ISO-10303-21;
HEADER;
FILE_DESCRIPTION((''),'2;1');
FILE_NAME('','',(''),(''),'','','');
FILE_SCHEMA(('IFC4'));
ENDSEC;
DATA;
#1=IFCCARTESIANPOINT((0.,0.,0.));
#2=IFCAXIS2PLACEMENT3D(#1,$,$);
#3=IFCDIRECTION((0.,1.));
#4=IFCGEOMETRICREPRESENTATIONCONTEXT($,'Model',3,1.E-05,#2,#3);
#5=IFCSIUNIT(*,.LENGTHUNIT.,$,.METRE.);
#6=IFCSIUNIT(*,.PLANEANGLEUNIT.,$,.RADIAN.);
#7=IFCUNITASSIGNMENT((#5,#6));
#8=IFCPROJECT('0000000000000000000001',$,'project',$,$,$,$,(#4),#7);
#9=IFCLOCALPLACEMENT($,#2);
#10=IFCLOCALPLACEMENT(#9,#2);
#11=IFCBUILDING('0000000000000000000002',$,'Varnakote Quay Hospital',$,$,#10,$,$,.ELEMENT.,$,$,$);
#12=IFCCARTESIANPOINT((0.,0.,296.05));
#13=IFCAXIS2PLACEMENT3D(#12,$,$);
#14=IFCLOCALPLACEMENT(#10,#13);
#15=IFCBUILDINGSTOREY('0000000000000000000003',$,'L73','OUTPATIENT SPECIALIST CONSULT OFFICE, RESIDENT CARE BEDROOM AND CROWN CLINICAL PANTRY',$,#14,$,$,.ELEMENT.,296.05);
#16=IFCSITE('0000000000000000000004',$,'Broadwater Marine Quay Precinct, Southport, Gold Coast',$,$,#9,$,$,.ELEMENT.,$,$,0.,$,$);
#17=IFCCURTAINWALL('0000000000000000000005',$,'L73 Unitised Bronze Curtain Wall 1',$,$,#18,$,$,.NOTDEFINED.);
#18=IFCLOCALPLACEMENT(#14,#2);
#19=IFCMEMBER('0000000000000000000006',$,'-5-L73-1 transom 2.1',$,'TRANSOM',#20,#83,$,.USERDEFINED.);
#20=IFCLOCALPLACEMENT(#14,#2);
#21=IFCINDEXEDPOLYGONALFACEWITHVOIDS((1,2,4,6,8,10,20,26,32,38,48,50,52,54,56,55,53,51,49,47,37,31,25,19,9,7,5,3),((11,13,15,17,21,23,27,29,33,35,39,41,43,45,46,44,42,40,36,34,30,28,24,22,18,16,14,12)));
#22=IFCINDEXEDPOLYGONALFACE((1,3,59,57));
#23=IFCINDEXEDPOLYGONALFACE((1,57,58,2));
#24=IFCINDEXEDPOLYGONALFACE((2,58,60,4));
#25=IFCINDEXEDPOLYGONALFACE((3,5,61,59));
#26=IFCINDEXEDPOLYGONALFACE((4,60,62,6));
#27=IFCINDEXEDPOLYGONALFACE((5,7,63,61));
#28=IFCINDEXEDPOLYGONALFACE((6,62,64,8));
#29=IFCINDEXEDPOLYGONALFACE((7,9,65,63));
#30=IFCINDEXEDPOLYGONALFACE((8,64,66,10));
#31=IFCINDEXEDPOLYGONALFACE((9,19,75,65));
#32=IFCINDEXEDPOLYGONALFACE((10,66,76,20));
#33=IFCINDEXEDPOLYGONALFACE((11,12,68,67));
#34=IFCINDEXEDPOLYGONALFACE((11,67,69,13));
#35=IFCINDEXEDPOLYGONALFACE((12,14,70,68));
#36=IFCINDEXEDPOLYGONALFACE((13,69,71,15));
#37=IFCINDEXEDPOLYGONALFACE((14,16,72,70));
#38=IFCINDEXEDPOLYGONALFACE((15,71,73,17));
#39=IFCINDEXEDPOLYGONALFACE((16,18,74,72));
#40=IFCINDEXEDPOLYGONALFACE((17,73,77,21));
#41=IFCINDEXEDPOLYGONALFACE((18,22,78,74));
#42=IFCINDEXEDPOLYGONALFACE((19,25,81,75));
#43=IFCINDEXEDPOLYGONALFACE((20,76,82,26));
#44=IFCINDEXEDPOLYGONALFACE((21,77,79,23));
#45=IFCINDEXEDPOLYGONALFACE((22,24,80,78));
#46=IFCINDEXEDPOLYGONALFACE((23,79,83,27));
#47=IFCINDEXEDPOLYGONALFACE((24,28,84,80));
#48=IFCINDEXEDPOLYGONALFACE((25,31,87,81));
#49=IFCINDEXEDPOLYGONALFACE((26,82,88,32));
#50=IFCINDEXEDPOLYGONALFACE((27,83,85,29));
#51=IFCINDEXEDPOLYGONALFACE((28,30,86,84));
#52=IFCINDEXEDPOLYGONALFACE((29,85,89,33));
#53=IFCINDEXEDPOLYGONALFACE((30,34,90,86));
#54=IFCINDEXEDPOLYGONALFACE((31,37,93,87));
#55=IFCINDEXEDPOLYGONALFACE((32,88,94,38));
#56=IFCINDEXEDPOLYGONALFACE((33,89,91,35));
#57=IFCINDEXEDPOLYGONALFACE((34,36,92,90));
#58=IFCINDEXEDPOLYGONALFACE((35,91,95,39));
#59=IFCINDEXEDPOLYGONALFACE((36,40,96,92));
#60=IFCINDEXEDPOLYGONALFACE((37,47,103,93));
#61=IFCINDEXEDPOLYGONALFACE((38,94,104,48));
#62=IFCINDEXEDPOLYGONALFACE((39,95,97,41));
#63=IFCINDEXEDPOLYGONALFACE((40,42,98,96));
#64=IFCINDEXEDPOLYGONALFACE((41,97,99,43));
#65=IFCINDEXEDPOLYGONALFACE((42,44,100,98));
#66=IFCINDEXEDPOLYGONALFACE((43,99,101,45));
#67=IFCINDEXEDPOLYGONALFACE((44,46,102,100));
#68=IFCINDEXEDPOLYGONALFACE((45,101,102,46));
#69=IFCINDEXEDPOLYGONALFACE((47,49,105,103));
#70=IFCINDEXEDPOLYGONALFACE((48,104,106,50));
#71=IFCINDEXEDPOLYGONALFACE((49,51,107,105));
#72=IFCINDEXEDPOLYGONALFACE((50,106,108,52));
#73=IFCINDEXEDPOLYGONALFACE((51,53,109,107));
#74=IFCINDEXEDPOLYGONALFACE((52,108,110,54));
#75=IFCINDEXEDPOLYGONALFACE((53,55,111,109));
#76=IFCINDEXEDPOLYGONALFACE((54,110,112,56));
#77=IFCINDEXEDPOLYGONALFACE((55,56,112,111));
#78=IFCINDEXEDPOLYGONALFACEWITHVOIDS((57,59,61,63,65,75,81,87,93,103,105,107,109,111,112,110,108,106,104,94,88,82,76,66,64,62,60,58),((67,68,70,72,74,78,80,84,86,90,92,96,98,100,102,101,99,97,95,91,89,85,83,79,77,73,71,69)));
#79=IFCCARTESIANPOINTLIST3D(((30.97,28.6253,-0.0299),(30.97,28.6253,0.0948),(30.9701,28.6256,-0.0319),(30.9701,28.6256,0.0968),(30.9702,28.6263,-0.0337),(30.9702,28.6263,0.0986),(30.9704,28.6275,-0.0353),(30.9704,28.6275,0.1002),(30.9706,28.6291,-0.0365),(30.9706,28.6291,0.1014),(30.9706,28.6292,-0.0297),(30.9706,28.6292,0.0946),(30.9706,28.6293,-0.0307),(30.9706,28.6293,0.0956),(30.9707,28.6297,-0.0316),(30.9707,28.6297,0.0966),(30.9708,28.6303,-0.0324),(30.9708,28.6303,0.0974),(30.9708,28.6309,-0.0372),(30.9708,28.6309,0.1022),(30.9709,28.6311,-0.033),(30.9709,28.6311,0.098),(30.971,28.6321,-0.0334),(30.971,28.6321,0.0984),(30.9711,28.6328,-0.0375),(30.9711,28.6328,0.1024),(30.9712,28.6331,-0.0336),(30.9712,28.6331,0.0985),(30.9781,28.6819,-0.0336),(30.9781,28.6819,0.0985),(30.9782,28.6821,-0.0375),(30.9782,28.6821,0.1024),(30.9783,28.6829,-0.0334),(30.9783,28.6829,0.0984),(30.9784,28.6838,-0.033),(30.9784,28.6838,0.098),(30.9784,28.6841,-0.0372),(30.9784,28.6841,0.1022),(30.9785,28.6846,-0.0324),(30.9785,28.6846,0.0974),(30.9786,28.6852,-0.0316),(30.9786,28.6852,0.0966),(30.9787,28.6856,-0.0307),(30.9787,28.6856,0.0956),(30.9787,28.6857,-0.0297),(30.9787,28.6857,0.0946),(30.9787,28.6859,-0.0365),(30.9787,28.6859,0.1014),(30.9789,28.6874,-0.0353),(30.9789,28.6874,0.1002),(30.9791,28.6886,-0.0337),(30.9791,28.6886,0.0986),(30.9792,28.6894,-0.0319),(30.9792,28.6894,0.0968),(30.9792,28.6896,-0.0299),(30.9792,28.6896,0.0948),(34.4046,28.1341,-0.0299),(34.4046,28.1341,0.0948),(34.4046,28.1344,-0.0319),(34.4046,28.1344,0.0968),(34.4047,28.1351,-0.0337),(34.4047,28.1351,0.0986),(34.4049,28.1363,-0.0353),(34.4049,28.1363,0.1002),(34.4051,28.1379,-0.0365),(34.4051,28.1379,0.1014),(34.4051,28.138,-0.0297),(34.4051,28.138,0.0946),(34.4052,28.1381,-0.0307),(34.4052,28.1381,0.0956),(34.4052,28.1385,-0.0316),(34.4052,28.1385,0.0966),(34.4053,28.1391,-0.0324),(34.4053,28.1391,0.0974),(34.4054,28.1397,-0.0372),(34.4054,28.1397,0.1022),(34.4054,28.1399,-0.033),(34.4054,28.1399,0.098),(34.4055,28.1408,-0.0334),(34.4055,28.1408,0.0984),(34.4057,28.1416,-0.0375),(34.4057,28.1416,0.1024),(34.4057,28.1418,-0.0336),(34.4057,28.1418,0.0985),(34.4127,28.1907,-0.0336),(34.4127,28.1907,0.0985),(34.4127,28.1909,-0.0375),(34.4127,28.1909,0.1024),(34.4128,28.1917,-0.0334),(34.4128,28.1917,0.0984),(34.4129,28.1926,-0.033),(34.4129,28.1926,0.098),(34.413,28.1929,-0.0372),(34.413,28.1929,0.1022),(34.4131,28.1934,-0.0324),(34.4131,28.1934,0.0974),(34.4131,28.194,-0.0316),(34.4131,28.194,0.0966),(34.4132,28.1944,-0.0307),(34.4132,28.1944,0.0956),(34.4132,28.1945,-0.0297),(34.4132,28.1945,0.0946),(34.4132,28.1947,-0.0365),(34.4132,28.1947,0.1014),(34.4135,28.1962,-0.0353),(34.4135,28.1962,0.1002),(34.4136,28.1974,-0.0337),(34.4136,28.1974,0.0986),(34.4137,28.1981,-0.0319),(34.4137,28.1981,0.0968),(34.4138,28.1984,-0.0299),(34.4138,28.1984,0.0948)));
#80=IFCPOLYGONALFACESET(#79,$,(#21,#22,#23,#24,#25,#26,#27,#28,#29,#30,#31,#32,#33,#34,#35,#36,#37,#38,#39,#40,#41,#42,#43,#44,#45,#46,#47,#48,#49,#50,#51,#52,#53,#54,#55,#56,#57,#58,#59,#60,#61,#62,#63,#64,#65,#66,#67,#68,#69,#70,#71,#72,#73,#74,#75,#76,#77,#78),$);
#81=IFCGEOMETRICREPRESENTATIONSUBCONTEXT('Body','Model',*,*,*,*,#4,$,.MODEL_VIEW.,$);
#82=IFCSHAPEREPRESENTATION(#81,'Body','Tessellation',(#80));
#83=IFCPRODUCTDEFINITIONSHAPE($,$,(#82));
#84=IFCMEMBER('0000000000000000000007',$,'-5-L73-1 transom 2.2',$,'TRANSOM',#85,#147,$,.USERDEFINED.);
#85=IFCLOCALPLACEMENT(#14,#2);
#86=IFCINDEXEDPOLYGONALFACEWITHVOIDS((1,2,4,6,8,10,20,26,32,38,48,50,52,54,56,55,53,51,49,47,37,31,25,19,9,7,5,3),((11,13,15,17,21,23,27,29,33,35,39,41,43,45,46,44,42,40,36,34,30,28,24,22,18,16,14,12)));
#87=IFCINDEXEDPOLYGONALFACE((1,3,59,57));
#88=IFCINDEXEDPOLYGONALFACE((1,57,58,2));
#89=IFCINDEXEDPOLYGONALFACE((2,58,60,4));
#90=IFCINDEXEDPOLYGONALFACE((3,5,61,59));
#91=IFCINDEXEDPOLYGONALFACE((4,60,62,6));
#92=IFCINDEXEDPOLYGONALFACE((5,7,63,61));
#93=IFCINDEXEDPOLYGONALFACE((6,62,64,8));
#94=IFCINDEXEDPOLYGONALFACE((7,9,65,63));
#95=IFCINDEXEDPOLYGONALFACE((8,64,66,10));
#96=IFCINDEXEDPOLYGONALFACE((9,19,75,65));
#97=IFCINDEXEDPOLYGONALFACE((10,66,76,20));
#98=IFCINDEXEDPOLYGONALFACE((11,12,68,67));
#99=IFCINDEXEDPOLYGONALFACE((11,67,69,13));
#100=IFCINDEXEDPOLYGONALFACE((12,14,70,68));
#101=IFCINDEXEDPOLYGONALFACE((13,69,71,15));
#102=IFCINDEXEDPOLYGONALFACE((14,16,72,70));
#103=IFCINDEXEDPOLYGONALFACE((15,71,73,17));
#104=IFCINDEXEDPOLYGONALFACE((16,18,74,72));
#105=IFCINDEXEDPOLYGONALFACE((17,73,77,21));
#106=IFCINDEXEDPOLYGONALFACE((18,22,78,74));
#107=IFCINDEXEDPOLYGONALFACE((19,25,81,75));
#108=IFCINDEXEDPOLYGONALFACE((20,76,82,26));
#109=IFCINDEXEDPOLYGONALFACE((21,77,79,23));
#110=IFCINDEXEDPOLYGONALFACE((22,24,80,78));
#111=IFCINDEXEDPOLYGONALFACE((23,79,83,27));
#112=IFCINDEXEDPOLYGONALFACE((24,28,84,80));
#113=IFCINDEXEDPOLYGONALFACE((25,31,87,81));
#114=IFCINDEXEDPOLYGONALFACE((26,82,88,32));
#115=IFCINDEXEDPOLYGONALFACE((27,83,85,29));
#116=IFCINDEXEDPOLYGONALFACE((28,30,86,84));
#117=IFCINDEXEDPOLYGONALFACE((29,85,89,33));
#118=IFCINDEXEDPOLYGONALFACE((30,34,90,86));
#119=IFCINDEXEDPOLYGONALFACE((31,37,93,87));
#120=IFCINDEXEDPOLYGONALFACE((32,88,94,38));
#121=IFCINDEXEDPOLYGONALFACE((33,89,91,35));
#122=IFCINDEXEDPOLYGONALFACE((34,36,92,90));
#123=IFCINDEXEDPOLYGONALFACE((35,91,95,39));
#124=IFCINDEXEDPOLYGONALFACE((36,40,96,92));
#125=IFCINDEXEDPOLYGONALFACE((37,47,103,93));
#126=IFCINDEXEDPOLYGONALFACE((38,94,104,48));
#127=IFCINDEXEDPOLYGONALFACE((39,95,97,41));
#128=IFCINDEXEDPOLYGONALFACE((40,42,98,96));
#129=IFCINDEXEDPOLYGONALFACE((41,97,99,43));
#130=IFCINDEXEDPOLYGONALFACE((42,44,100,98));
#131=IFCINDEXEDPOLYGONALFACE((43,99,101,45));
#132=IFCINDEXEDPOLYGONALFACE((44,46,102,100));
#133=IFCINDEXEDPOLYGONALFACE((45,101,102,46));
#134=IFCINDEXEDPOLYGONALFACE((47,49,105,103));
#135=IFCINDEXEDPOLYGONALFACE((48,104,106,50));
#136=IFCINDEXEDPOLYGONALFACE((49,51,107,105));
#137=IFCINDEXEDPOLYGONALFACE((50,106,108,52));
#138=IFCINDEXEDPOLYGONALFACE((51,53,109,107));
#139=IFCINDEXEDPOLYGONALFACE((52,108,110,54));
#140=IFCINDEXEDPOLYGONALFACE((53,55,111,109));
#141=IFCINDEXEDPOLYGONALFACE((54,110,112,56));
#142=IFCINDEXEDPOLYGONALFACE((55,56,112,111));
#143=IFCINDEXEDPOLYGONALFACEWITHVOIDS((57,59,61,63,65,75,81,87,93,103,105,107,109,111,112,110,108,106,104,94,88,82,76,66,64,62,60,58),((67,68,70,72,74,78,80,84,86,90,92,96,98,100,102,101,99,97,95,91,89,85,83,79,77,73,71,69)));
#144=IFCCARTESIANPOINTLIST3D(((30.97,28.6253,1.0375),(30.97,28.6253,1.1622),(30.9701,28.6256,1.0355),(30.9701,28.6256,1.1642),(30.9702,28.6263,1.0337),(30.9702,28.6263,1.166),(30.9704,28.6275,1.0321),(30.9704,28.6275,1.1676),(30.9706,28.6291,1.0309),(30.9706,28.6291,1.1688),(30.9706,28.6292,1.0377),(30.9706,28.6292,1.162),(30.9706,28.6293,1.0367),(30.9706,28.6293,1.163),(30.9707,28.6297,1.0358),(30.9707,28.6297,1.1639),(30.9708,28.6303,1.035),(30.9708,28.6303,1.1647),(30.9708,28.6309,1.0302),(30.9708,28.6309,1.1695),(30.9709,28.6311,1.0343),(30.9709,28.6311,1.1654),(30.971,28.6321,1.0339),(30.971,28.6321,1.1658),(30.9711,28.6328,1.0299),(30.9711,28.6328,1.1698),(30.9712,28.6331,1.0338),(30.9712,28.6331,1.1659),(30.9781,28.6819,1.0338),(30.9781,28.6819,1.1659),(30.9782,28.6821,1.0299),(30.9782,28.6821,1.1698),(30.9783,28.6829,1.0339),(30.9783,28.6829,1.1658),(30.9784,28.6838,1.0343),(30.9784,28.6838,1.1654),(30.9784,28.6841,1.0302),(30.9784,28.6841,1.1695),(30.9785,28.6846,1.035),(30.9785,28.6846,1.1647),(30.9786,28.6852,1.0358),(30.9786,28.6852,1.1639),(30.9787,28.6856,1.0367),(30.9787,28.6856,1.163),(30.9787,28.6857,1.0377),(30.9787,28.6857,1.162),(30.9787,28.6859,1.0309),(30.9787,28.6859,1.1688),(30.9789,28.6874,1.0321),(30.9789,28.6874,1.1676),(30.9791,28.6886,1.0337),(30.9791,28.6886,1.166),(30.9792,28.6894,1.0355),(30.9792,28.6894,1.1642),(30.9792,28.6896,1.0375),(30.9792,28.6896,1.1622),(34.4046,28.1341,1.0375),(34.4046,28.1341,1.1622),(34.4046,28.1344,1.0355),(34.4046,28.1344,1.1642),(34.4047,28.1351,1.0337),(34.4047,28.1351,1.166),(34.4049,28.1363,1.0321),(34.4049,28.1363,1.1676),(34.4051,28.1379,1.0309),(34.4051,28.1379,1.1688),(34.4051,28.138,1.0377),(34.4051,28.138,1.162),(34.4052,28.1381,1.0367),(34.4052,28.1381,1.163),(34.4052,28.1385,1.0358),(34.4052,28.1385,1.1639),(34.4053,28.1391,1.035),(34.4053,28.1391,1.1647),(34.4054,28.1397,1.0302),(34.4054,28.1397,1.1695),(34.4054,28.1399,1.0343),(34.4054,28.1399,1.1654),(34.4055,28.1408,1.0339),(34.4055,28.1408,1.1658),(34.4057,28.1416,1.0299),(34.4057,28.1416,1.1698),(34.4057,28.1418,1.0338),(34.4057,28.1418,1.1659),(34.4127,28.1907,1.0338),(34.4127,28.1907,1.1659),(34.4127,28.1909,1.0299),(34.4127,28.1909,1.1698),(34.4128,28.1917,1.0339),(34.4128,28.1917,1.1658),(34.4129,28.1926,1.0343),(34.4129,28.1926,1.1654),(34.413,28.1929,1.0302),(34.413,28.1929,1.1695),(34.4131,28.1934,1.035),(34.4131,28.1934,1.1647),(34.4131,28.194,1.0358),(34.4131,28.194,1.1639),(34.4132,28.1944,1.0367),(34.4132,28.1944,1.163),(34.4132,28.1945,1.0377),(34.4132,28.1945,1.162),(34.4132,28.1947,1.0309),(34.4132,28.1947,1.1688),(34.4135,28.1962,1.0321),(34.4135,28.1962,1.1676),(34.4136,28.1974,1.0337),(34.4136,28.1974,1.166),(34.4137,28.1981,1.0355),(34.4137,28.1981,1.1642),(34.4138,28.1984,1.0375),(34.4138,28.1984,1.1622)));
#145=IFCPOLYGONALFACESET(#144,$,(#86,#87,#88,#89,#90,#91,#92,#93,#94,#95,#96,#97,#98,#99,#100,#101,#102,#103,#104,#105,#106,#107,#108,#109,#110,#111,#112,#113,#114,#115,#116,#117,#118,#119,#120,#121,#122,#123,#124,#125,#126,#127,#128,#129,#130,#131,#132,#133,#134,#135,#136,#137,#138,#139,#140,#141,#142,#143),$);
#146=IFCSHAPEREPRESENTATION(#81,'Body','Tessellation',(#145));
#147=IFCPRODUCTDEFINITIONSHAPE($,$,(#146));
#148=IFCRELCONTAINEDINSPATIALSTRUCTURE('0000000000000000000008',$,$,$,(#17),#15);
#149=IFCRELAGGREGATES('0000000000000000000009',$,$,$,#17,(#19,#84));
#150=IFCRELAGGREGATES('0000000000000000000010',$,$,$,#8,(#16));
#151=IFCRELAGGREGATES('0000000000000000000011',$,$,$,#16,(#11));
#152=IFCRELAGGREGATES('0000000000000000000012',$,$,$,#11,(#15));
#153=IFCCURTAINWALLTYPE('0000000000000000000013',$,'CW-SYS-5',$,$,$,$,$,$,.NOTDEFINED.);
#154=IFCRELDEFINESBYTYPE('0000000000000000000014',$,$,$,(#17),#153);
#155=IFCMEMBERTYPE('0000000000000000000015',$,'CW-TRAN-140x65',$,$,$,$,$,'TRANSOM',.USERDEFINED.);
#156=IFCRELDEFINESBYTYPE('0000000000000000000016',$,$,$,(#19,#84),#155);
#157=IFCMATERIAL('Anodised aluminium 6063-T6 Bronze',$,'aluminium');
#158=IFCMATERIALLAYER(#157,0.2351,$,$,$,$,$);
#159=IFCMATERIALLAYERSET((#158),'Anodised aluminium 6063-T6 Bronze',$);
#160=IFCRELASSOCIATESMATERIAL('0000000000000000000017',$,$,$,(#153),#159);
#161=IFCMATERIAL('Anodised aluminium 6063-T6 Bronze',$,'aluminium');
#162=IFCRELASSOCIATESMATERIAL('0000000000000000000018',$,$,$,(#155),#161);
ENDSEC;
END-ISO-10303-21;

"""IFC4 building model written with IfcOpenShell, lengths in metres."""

from ifc_helpers import new_model, si_unit, direction, frame, origin, origin_2d, place, context, subcontext, project, spatial, hollow_rectangle, extrude, material, layer, layer_set, material_profile, profile_set, type_object, element, aggregate, save


model = new_model("IFC4")

# Units and contexts
model_context = context("Model", 3, precision=1e-05, world=origin(), true_north=direction((0.0, 1.0)))
body_context = subcontext(model_context, "Body", "Model", "MODEL_VIEW")
ifc_project = project(units=[si_unit("LENGTHUNIT", "METRE"), si_unit("PLANEANGLEUNIT", "RADIAN")], contexts=[model_context])

# Site, building, storey
site_placement = place(None, origin())
site = spatial("IfcSite", under=ifc_project, at=site_placement, Name="Broadwater Marine Quay Precinct, Southport, Gold Coast", CompositionType="ELEMENT", RefElevation=0.0)
building_placement = place(site_placement, origin())
building = spatial("IfcBuilding", under=site, at=building_placement, Name="Varnakote Quay Hospital", CompositionType="ELEMENT")
storey_placement = place(building_placement, frame((0.0, 0.0, 296.05)))
storey = spatial("IfcBuildingStorey", under=building, at=storey_placement, Name="L73", Description="OUTPATIENT SPECIALIST CONSULT OFFICE, RESIDENT CARE BEDROOM AND CROWN CLINICAL PANTRY", CompositionType="ELEMENT", Elevation=296.05)

# Curtain wall, members
ifc_material_1 = material(Name="Anodised aluminium 6063-T6 Bronze", Category="aluminium")
ifc_layer_1 = layer(ifc_material_1, 0.2351)
ifc_layer_set_1 = layer_set([ifc_layer_1], Name="Anodised aluminium 6063-T6 Bronze")
curtain_wall_type = type_object("IfcCurtainWallType", Name="CW-SYS-5", PredefinedType="NOTDEFINED", material=ifc_layer_set_1)
curtain_wall_placement = place(storey_placement, origin())
curtain_wall = element("IfcCurtainWall", 1, at=curtain_wall_placement, inside=storey, type_object=curtain_wall_type, Name="L73 Unitised Bronze Curtain Wall 1", PredefinedType="NOTDEFINED")
ifc_material_2 = material(Name="Anodised aluminium 6063-T6 Bronze", Category="aluminium")
ifc_material_profile_1 = material_profile(ifc_material_2, hollow_rectangle(XDim=0.0649, YDim=0.1399, WallThickness=0.0039, InnerFilletRadius=0.0039, OuterFilletRadius=0.0076, at=origin_2d()), Name="CW-TRAN-140x65")
ifc_profile_set_1 = profile_set([ifc_material_profile_1], Name="Anodised aluminium 6063-T6 Bronze")
member_type_1 = type_object("IfcMemberType", Name="CW-TRAN-140x65", ElementType="TRANSOM", PredefinedType="USERDEFINED", material=ifc_profile_set_1)
member_1_placement = place(storey_placement, frame((34.4092, 28.1663, 0.0325), z_axis=(-0.989927, 0.141579, 0.0), x_axis=(-0.141579, -0.989927, 0.0)))
member_1 = element("IfcMember", 2, at=member_1_placement, type_object=member_type_1, Name="-5-L73-1 transom 2.1", ObjectType="TRANSOM", PredefinedType="USERDEFINED", context=body_context, shape_type="SweptSolid", body=[
    extrude(hollow_rectangle(XDim=0.0649, YDim=0.1399, WallThickness=0.0039, InnerFilletRadius=0.0039, OuterFilletRadius=0.0076, at=origin_2d()), origin(), (0.0, 0.0, 1.0), 3.4695),
])
member_2_placement = place(storey_placement, frame((34.4092, 28.1663, 1.0999), z_axis=(-0.989927, 0.141579, 0.0), x_axis=(-0.141579, -0.989927, 0.0)))
member_2 = element("IfcMember", 3, at=member_2_placement, type_object=member_type_1, Name="-5-L73-1 transom 2.2", ObjectType="TRANSOM", PredefinedType="USERDEFINED", context=body_context, shape_type="SweptSolid", body=[
    extrude(hollow_rectangle(XDim=0.0649, YDim=0.1399, WallThickness=0.0039, InnerFilletRadius=0.0039, OuterFilletRadius=0.0076, at=origin_2d()), origin(), (0.0, 0.0, 1.0), 3.4695),
])
aggregate(curtain_wall, [member_1, member_2])

save(model, "model.ifc")
